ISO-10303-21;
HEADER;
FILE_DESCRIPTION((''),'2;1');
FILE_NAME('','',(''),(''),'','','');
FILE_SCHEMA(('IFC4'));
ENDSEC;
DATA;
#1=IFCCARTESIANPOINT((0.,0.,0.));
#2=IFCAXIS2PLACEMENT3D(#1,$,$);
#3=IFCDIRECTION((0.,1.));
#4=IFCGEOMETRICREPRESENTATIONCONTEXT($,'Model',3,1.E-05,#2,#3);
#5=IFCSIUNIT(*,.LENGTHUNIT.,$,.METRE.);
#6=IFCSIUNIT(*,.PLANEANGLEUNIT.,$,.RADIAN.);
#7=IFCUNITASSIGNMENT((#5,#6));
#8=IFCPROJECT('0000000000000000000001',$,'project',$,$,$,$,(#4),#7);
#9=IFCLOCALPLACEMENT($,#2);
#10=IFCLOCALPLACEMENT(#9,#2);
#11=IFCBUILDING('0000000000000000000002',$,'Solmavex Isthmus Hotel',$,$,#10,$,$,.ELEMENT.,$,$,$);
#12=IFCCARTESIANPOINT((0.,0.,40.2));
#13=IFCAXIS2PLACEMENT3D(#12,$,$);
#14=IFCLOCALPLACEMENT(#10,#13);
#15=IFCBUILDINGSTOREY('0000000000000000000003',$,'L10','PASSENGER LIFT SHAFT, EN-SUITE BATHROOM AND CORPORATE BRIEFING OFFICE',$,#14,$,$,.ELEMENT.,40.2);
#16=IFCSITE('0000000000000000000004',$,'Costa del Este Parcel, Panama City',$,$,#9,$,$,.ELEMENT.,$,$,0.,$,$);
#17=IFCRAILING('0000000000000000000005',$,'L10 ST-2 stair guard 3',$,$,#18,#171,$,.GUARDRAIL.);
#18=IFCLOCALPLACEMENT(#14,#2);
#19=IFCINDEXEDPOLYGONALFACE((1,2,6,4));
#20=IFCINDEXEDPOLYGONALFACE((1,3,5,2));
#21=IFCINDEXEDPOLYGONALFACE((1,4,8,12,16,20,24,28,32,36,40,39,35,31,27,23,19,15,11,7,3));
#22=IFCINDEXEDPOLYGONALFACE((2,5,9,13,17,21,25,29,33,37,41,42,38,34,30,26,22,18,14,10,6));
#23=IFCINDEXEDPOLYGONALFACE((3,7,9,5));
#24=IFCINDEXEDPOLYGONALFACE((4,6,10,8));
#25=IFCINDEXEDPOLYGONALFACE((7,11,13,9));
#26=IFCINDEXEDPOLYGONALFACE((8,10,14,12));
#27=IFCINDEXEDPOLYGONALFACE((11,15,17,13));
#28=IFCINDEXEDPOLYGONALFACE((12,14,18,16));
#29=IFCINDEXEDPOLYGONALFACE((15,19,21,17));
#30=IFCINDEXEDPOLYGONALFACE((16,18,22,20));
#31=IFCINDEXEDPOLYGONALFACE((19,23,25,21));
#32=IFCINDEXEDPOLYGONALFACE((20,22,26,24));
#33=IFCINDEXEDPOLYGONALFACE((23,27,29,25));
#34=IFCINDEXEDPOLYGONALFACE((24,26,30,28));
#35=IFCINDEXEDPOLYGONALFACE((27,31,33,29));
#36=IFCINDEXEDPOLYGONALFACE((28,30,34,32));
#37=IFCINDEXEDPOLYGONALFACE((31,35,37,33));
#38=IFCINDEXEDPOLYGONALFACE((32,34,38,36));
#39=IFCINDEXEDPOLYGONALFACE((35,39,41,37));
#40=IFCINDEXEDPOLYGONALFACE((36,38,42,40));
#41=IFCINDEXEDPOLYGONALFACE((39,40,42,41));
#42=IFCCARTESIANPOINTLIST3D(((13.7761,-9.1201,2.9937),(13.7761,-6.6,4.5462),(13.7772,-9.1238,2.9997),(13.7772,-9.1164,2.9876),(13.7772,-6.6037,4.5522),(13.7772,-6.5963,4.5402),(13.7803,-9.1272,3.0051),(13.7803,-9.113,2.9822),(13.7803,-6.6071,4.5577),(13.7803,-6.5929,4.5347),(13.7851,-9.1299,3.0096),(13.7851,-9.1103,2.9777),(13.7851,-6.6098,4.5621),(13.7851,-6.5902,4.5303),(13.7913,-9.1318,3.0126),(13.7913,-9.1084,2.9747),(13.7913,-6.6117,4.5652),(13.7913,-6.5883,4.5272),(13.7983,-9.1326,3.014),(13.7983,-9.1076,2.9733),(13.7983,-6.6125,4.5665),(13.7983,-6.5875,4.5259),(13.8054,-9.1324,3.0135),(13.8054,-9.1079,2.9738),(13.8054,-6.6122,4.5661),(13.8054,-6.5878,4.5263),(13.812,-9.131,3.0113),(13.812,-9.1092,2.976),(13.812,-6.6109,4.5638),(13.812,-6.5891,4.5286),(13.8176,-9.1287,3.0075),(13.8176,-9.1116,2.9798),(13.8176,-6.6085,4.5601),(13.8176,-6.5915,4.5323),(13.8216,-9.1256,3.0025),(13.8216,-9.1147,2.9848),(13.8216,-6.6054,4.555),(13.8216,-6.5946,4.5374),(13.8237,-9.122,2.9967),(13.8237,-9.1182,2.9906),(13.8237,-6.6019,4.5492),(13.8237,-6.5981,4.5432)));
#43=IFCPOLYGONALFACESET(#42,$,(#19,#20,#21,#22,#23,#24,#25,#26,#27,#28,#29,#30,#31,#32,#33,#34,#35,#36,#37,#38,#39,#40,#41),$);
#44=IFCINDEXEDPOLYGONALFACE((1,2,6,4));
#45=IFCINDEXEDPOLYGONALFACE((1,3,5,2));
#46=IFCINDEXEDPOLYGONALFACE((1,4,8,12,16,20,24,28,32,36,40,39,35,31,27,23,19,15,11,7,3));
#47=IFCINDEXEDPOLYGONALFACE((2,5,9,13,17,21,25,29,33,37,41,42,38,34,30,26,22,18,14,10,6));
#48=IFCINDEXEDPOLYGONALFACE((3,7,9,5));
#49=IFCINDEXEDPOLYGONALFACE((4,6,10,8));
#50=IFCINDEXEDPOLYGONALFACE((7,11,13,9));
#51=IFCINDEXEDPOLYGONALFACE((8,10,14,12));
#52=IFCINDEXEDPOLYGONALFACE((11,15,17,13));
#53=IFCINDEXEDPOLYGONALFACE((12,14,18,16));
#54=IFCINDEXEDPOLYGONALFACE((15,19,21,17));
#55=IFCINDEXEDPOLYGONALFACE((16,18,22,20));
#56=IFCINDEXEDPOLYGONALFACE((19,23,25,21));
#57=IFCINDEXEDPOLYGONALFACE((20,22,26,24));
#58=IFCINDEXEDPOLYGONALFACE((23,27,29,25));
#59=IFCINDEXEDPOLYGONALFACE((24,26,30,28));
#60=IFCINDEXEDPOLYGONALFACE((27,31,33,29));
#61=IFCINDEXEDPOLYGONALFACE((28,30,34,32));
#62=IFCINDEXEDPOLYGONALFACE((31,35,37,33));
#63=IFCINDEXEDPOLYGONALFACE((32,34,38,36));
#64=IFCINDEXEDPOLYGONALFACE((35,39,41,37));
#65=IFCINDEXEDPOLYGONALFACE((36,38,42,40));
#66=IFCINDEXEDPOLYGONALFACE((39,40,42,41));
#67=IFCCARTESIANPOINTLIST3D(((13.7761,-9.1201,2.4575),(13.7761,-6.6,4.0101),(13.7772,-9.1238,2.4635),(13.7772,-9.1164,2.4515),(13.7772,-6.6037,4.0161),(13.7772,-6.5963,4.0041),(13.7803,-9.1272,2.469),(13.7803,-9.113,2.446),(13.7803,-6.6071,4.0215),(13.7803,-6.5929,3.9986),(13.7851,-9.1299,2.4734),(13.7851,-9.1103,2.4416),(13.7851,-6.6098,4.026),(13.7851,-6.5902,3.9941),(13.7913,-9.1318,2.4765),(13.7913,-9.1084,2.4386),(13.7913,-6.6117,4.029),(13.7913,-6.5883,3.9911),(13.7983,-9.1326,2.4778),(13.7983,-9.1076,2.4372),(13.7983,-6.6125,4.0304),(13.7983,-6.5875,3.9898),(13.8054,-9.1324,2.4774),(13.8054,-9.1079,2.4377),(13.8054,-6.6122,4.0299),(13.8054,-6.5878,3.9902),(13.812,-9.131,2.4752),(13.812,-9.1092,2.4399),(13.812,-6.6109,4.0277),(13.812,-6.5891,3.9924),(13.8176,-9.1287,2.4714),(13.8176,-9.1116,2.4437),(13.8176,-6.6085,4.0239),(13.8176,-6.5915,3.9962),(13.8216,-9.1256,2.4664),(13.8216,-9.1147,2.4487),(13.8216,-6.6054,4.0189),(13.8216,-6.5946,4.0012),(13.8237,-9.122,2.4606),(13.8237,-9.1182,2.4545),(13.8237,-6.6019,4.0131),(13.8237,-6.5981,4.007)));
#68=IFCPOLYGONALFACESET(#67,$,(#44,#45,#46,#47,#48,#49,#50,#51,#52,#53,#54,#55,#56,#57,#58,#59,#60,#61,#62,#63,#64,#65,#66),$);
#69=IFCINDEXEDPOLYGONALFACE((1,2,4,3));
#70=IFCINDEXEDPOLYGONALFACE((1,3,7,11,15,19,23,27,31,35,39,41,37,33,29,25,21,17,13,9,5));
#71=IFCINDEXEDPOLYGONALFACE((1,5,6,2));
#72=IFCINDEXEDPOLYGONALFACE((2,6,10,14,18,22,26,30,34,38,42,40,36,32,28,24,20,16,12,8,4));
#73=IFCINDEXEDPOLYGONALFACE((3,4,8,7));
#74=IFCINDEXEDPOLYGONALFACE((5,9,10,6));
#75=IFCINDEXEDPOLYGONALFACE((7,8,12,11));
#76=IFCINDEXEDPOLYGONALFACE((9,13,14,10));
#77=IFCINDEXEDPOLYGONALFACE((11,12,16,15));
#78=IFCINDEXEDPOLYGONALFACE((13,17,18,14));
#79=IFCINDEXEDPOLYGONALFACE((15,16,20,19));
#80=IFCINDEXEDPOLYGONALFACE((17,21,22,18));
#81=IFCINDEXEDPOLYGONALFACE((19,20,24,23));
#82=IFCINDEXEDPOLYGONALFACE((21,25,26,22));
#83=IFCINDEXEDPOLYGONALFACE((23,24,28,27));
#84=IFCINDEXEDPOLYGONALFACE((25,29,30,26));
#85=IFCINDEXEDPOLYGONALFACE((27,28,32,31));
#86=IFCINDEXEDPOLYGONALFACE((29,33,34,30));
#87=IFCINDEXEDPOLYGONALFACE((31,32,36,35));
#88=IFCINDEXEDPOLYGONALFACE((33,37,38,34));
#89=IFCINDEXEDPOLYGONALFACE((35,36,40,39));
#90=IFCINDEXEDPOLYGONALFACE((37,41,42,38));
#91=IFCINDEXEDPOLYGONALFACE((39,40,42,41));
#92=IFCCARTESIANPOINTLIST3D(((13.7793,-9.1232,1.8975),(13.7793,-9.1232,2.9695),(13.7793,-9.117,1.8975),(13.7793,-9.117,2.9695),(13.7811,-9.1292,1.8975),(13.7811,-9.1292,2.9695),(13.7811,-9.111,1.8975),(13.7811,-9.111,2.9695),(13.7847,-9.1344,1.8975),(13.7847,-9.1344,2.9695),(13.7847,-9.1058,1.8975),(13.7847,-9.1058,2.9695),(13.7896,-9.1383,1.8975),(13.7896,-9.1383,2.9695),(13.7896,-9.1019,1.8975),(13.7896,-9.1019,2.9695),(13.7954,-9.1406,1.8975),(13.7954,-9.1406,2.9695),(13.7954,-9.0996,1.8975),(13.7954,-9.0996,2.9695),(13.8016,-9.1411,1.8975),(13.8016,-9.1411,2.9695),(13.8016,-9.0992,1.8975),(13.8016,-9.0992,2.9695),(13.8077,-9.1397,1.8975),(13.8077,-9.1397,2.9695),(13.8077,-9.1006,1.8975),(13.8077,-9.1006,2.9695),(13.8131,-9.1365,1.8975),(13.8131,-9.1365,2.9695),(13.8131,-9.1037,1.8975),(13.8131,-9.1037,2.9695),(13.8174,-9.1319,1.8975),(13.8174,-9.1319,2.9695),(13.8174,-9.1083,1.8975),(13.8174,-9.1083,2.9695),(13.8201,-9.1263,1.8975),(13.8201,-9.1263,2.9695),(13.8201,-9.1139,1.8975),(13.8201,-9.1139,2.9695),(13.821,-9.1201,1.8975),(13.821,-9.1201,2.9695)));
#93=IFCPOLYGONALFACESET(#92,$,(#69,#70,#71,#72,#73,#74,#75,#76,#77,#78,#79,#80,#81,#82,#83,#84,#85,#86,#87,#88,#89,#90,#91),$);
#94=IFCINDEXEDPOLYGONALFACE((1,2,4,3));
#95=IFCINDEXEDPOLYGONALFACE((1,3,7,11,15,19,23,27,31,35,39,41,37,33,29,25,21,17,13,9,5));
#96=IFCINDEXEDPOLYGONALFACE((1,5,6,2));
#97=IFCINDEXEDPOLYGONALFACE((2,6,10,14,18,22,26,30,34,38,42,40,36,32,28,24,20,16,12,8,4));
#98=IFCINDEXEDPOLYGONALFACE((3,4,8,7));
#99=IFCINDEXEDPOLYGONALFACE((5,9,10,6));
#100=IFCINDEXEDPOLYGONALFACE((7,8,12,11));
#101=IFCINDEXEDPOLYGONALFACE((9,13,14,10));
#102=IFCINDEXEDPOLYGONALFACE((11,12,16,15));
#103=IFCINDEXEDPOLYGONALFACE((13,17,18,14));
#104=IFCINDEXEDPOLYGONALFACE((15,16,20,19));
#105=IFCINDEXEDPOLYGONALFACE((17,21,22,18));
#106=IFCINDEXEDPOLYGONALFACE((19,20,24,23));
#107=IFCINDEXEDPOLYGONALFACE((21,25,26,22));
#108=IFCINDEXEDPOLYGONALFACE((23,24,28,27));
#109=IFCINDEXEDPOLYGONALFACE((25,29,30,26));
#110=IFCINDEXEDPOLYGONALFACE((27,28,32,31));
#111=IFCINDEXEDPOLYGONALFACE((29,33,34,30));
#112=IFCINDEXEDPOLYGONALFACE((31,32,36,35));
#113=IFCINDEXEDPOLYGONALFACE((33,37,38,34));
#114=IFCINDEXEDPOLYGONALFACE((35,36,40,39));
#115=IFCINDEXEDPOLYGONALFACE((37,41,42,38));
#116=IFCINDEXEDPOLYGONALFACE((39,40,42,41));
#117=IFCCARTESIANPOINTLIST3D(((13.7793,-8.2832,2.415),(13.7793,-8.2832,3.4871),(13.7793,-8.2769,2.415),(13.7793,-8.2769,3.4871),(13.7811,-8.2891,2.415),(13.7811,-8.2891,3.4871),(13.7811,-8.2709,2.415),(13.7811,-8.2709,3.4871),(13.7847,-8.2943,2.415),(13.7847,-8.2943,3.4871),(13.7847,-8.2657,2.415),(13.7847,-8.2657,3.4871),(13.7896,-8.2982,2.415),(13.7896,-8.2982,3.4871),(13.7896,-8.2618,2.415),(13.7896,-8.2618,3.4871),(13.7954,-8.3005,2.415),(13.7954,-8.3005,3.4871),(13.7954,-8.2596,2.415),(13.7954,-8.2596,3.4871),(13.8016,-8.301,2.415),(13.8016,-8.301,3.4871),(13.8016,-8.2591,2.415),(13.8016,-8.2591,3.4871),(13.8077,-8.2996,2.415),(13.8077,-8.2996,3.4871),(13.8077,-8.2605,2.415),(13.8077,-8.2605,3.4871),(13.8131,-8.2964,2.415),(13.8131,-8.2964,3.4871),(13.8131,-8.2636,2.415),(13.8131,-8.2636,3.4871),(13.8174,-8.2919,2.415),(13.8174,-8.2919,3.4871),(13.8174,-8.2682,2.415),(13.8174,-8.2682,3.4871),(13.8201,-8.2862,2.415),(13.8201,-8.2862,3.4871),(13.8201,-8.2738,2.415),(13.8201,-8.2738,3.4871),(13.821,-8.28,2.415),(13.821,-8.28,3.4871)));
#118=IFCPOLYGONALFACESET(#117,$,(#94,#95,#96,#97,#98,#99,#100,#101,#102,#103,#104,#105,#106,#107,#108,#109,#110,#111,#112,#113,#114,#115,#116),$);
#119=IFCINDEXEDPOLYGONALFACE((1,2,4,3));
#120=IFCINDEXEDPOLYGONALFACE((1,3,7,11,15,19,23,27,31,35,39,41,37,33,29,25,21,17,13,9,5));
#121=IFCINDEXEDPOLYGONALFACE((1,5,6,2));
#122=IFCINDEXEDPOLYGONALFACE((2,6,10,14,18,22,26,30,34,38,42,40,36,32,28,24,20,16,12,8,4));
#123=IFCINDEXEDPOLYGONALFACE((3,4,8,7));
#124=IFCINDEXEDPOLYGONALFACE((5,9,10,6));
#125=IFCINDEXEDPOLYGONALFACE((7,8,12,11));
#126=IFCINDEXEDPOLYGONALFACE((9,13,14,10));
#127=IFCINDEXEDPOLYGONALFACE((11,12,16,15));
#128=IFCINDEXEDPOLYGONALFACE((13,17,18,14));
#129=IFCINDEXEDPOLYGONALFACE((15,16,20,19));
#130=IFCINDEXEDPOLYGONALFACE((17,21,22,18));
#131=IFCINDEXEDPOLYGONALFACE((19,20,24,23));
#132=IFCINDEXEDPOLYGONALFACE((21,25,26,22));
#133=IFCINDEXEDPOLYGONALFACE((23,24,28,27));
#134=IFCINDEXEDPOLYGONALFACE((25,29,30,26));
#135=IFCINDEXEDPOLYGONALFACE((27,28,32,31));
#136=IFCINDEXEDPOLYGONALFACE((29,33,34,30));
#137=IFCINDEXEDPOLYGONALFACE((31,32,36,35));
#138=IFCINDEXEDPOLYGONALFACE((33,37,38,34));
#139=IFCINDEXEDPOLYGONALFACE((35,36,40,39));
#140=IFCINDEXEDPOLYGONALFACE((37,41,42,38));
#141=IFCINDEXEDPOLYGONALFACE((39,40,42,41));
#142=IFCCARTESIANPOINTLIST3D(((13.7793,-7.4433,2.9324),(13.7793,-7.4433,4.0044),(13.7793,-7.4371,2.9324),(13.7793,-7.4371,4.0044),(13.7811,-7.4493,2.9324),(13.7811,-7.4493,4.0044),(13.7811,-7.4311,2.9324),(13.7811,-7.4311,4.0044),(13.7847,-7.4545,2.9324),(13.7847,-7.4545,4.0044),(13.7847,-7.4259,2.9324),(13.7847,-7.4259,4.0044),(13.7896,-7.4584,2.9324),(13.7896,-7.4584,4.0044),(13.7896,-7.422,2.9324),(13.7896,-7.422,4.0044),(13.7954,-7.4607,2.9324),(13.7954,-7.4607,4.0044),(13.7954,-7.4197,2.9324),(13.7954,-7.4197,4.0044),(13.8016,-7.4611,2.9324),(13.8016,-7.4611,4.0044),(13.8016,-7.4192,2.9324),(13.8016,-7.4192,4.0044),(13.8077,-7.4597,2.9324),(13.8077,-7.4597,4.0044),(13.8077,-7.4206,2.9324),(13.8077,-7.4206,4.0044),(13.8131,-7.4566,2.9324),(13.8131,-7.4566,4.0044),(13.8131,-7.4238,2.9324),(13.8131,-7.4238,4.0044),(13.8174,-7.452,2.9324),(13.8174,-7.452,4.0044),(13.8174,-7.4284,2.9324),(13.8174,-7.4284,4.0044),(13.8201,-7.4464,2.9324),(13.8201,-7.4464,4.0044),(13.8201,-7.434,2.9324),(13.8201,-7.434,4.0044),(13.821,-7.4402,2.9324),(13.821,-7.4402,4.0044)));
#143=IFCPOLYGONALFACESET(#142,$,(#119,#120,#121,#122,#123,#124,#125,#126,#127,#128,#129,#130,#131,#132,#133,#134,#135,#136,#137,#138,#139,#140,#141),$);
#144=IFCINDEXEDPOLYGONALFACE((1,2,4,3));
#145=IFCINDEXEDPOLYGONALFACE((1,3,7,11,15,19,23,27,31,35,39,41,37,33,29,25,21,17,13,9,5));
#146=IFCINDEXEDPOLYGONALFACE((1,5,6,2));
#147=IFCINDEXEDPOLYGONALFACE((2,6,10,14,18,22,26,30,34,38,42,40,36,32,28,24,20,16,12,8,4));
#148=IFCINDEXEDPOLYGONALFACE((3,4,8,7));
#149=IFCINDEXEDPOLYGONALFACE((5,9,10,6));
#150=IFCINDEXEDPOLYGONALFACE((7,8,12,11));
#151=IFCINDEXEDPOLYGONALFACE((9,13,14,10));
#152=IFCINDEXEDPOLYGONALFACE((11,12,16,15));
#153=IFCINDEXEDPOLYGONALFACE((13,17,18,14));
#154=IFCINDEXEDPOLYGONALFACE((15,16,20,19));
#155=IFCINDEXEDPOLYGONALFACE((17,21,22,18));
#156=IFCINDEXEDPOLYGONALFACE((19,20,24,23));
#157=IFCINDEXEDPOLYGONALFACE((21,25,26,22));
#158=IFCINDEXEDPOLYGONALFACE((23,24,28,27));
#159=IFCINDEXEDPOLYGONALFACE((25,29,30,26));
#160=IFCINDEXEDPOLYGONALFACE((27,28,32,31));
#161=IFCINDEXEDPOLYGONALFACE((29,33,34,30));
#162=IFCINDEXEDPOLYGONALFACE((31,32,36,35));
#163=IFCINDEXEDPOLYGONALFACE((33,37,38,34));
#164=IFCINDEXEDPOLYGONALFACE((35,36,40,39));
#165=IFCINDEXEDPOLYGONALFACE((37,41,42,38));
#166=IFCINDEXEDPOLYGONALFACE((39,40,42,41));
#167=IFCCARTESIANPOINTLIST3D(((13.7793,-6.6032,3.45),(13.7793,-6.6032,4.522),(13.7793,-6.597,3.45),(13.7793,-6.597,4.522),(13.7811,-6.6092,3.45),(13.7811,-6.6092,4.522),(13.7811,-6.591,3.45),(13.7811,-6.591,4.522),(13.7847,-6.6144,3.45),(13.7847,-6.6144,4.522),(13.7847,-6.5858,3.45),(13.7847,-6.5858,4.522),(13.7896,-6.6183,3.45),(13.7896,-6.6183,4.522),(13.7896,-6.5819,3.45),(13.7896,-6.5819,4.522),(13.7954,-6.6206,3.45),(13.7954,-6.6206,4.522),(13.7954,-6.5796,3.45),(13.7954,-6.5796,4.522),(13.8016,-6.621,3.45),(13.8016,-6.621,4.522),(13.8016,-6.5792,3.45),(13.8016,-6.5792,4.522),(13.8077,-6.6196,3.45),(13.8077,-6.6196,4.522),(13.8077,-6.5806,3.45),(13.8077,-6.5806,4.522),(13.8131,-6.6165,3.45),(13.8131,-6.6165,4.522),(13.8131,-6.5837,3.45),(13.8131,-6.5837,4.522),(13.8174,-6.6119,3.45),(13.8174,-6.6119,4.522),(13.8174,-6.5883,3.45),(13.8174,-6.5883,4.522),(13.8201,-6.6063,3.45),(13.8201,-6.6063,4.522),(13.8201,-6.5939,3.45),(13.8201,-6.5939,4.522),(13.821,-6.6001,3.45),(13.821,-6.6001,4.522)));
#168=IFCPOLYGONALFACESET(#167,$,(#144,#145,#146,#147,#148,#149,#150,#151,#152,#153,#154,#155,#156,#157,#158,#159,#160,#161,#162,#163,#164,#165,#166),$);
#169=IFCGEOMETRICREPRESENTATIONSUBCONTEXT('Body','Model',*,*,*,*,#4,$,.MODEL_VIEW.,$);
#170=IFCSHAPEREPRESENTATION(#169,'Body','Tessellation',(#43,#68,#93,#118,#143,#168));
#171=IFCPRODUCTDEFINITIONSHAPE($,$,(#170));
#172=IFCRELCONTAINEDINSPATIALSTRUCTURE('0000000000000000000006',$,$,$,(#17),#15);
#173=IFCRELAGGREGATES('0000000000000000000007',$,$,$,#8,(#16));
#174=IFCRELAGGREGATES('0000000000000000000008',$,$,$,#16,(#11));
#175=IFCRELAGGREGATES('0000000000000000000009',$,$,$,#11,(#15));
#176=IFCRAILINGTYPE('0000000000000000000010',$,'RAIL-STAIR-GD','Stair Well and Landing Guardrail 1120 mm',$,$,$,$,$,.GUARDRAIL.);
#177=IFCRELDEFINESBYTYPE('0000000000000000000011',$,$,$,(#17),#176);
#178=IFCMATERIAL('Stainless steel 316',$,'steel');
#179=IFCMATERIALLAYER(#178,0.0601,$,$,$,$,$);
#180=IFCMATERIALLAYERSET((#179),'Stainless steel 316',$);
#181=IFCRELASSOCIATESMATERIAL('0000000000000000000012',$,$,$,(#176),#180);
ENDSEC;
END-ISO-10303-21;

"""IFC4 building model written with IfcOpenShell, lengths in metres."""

from ifc_helpers import new_model, si_unit, direction, frame, origin, origin_2d, place, context, subcontext, project, spatial, circle, extrude, material, layer, layer_set, type_object, element, save


model = new_model("IFC4")

# Units and contexts
model_context = context("Model", 3, precision=1e-05, world=origin(), true_north=direction((0.0, 1.0)))
body_context = subcontext(model_context, "Body", "Model", "MODEL_VIEW")
ifc_project = project(units=[si_unit("LENGTHUNIT", "METRE"), si_unit("PLANEANGLEUNIT", "RADIAN")], contexts=[model_context])

# Site, building, storey
site_placement = place(None, origin())
site = spatial("IfcSite", under=ifc_project, at=site_placement, Name="Costa del Este Parcel, Panama City", CompositionType="ELEMENT", RefElevation=0.0)
building_placement = place(site_placement, origin())
building = spatial("IfcBuilding", under=site, at=building_placement, Name="Solmavex Isthmus Hotel", CompositionType="ELEMENT")
storey_placement = place(building_placement, frame((0.0, 0.0, 40.2)))
storey = spatial("IfcBuildingStorey", under=building, at=storey_placement, Name="L10", Description="PASSENGER LIFT SHAFT, EN-SUITE BATHROOM AND CORPORATE BRIEFING OFFICE", CompositionType="ELEMENT", Elevation=40.2)

# Railing
ifc_material_1 = material(Name="Stainless steel 316", Category="steel")
ifc_layer_1 = layer(ifc_material_1, 0.0601)
ifc_layer_set_1 = layer_set([ifc_layer_1], Name="Stainless steel 316")
railing_type_1 = type_object("IfcRailingType", Name="RAIL-STAIR-GD", Description="Stair Well and Landing Guardrail 1120 mm", PredefinedType="GUARDRAIL", material=ifc_layer_set_1)
railing_1_placement = place(storey_placement, frame((13.8, -9.1201, 1.8975)))
element("IfcRailing", 1, at=railing_1_placement, inside=storey, type_object=railing_type_1, Name="L10 ST-2 stair guard 3", PredefinedType="GUARDRAIL", context=body_context, shape_type="SweptSolid", body=[
    extrude(circle(Radius=0.0239, at=origin_2d()), frame((0.0, 0.0, 1.0962), z_axis=(0.0, 0.8514, 0.524516), x_axis=(-1.0, 0.0, 0.0)), (0.0, 0.0, 1.0), 2.96),
    extrude(circle(Radius=0.0239, at=origin_2d()), frame((0.0, 0.0, 0.5601), z_axis=(0.0, 0.8514, 0.524516), x_axis=(-1.0, 0.0, 0.0)), (0.0, 0.0, 1.0), 2.96),
    extrude(circle(Radius=0.021, at=origin_2d()), origin(), (0.0, 0.0, 1.0), 1.072),
    extrude(circle(Radius=0.021, at=origin_2d()), frame((0.0, 0.8401, 0.5176)), (0.0, 0.0, 1.0), 1.072),
    extrude(circle(Radius=0.021, at=origin_2d()), frame((0.0, 1.6799, 1.0349)), (0.0, 0.0, 1.0), 1.072),
    extrude(circle(Radius=0.021, at=origin_2d()), frame((0.0, 2.52, 1.5525)), (0.0, 0.0, 1.0), 1.072),
])

save(model, "model.ifc")
